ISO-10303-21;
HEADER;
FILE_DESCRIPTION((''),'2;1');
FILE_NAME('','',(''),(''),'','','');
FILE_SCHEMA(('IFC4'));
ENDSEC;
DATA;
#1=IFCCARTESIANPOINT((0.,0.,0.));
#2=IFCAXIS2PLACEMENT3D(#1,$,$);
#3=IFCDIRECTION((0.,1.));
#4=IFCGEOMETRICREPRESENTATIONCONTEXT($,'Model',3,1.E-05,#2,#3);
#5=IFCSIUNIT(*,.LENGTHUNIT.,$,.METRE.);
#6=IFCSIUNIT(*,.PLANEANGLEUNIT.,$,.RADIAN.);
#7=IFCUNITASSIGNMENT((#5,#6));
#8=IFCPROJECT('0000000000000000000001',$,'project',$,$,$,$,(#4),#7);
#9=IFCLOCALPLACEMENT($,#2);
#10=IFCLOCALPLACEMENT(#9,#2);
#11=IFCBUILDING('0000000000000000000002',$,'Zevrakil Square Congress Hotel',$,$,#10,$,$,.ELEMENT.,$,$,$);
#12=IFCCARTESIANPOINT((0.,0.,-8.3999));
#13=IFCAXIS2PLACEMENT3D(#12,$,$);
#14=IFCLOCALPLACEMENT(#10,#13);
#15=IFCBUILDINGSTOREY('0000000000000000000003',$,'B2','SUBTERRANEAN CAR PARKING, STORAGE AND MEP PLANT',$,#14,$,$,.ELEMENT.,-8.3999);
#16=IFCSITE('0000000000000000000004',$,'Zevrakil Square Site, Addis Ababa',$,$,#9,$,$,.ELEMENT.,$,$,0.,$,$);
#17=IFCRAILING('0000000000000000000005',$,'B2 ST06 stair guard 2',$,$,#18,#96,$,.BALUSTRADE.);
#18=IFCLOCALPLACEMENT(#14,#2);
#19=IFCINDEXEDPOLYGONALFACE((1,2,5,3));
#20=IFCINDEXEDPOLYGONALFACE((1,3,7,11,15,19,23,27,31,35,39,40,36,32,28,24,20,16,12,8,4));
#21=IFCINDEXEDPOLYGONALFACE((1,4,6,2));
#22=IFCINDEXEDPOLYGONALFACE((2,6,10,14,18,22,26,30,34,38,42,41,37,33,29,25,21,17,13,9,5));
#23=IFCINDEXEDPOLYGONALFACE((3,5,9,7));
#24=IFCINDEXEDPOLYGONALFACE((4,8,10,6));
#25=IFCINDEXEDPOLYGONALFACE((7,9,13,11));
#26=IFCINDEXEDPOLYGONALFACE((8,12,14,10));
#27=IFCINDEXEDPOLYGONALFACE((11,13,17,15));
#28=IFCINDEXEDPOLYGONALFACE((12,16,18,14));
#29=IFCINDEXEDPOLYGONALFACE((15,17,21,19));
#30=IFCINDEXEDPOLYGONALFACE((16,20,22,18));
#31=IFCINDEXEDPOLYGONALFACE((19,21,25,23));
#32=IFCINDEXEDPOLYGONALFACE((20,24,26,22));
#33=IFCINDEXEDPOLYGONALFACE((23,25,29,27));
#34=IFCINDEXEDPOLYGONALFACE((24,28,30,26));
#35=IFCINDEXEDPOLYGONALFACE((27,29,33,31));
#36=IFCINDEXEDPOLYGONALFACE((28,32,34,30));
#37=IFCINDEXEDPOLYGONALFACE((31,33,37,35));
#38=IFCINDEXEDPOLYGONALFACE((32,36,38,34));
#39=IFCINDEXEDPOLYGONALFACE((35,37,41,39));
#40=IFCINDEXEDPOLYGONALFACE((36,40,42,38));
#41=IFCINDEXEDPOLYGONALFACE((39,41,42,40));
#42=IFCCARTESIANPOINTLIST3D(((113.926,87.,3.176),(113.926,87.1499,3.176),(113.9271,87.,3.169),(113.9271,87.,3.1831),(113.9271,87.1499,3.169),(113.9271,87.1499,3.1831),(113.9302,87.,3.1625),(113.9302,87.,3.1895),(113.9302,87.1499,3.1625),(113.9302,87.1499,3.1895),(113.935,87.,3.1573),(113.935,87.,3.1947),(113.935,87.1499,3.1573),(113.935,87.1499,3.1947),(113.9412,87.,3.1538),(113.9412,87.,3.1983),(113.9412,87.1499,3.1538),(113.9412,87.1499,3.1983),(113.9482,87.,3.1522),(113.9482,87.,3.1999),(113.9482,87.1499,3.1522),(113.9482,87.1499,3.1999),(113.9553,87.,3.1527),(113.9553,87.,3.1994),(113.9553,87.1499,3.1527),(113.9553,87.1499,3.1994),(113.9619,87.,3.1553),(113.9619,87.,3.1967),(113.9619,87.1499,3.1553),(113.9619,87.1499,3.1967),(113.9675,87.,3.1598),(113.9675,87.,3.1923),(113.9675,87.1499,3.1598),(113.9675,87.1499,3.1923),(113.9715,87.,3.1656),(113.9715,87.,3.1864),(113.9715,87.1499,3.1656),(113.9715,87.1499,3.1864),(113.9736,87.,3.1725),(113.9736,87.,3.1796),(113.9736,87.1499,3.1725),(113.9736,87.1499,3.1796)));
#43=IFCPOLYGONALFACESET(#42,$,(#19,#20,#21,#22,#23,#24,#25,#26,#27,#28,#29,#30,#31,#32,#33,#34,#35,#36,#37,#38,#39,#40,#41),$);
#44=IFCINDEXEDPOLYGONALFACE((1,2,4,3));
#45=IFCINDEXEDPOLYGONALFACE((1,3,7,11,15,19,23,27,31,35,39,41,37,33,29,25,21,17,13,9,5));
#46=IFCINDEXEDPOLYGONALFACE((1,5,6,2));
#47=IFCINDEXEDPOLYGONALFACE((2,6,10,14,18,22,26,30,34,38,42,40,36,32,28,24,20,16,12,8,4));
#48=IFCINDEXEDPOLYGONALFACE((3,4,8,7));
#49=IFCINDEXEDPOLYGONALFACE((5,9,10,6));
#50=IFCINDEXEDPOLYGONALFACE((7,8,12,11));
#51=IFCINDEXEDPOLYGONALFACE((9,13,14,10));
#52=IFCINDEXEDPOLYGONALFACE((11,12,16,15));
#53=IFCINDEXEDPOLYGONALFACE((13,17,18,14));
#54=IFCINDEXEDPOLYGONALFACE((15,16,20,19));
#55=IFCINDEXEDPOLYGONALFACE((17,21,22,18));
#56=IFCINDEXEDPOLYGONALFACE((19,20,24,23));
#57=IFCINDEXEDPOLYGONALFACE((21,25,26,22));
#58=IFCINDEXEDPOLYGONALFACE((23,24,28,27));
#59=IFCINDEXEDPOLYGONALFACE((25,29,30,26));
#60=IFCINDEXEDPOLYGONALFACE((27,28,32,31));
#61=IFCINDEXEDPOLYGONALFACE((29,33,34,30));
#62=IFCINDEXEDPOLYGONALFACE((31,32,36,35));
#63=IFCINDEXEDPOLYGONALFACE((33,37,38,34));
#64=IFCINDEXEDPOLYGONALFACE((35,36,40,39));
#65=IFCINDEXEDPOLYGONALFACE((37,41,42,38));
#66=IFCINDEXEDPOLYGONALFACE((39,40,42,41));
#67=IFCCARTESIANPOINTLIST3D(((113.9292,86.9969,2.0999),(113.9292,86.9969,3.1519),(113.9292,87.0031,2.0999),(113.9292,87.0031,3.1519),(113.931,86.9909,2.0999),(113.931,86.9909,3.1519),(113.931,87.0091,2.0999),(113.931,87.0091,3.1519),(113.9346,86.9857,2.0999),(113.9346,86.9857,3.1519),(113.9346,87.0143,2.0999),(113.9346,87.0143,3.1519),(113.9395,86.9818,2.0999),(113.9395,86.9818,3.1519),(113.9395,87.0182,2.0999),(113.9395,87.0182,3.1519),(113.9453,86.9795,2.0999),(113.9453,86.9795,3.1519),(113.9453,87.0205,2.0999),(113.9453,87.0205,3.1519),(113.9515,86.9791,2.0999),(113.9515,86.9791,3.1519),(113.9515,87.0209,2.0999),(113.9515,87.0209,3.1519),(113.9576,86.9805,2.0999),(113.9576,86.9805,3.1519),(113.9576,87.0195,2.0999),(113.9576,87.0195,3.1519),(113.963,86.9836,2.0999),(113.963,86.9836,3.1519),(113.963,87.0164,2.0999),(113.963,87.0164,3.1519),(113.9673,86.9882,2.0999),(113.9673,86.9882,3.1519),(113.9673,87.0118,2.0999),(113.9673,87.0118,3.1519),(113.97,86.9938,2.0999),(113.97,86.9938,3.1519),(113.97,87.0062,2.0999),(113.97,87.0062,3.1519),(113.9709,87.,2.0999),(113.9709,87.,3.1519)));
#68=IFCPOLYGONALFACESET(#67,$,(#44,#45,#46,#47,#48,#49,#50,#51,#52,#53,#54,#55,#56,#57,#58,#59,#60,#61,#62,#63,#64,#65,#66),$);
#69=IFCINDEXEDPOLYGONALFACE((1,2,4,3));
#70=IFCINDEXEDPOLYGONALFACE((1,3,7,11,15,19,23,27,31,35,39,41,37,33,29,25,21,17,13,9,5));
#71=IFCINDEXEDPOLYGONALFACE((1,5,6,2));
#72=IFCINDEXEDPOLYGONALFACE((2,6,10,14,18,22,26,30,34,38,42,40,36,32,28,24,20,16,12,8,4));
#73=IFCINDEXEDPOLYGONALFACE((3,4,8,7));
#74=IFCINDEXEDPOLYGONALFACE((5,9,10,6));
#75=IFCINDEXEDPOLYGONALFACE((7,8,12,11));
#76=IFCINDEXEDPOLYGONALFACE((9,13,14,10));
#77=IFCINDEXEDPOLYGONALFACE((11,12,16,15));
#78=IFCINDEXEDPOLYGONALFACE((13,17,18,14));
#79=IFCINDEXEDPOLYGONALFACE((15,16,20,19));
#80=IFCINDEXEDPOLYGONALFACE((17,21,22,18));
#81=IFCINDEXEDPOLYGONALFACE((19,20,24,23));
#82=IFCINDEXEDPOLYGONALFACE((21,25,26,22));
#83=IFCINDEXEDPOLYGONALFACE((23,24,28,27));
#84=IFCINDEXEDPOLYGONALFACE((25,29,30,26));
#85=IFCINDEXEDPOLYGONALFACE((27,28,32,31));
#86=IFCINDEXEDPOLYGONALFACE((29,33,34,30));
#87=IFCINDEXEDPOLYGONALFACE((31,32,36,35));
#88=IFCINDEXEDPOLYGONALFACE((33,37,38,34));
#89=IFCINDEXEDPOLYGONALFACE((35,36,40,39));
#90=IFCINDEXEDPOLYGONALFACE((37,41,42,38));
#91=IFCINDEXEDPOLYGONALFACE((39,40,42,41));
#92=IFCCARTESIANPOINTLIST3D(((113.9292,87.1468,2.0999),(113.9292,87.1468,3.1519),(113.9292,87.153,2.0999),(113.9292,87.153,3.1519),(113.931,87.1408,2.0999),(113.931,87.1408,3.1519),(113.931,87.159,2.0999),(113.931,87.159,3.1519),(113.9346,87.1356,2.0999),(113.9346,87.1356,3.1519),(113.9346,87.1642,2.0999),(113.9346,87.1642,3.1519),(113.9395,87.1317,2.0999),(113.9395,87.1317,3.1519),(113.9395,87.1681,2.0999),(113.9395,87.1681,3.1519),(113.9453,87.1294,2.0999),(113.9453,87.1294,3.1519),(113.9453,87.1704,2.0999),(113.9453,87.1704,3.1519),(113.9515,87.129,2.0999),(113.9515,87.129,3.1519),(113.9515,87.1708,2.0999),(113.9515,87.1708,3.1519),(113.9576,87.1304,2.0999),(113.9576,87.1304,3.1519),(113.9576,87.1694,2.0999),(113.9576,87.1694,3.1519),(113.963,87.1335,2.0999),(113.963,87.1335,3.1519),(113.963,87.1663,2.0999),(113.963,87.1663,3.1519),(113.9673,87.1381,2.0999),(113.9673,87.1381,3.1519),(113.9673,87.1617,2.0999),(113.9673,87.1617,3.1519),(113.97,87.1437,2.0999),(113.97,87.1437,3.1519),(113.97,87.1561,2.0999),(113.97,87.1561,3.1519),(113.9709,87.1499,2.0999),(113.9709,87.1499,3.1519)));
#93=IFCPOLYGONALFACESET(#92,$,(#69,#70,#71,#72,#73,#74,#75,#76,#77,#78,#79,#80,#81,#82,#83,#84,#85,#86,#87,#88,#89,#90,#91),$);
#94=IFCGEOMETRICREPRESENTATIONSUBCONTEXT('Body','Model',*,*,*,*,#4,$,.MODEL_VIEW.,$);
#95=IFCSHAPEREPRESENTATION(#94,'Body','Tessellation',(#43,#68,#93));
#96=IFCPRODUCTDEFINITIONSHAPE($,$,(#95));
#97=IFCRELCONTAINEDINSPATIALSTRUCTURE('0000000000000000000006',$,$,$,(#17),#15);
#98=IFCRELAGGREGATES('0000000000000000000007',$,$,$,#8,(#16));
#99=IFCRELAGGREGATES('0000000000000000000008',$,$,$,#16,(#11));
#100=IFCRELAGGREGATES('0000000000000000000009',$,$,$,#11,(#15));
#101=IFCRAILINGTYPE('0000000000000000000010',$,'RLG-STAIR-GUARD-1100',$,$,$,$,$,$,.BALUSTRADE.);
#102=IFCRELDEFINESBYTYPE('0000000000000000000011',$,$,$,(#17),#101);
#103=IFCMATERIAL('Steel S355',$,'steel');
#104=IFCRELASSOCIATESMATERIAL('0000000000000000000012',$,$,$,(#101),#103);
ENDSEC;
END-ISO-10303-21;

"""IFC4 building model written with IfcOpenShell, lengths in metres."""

from ifc_helpers import new_model, si_unit, direction, frame, origin, origin_2d, place, context, subcontext, project, spatial, circle, extrude, material, type_object, element, save


model = new_model("IFC4")

# Units and contexts
model_context = context("Model", 3, precision=1e-05, world=origin(), true_north=direction((0.0, 1.0)))
body_context = subcontext(model_context, "Body", "Model", "MODEL_VIEW")
ifc_project = project(units=[si_unit("LENGTHUNIT", "METRE"), si_unit("PLANEANGLEUNIT", "RADIAN")], contexts=[model_context])

# Site, building, storey
site_placement = place(None, origin())
site = spatial("IfcSite", under=ifc_project, at=site_placement, Name="Zevrakil Square Site, Addis Ababa", CompositionType="ELEMENT", RefElevation=0.0)
building_placement = place(site_placement, origin())
building = spatial("IfcBuilding", under=site, at=building_placement, Name="Zevrakil Square Congress Hotel", CompositionType="ELEMENT")
storey_placement = place(building_placement, frame((0.0, 0.0, -8.3999)))
storey = spatial("IfcBuildingStorey", under=building, at=storey_placement, Name="B2", Description="SUBTERRANEAN CAR PARKING, STORAGE AND MEP PLANT", CompositionType="ELEMENT", Elevation=-8.3999)

# Railing
ifc_material_1 = material(Name="Steel S355", Category="steel")
railing_type_1 = type_object("IfcRailingType", Name="RLG-STAIR-GUARD-1100", PredefinedType="BALUSTRADE", material=ifc_material_1)
railing_1_placement = place(storey_placement, frame((113.95, 87.0, 2.0999)))
element("IfcRailing", 1, at=railing_1_placement, inside=storey, type_object=railing_type_1, Name="B2 ST06 stair guard 2", PredefinedType="BALUSTRADE", context=body_context, shape_type="SweptSolid", body=[
    extrude(circle(Radius=0.0239, at=origin_2d()), frame((0.0, 0.0, 1.0762), z_axis=(0.0, 1.0, 0.0), x_axis=(-1.0, 0.0, 0.0)), (0.0, 0.0, 1.0), 0.1499),
    extrude(circle(Radius=0.021, at=origin_2d()), origin(), (0.0, 0.0, 1.0), 1.052),
    extrude(circle(Radius=0.021, at=origin_2d()), frame((0.0, 0.1499, 0.0)), (0.0, 0.0, 1.0), 1.052),
])

save(model, "model.ifc")
